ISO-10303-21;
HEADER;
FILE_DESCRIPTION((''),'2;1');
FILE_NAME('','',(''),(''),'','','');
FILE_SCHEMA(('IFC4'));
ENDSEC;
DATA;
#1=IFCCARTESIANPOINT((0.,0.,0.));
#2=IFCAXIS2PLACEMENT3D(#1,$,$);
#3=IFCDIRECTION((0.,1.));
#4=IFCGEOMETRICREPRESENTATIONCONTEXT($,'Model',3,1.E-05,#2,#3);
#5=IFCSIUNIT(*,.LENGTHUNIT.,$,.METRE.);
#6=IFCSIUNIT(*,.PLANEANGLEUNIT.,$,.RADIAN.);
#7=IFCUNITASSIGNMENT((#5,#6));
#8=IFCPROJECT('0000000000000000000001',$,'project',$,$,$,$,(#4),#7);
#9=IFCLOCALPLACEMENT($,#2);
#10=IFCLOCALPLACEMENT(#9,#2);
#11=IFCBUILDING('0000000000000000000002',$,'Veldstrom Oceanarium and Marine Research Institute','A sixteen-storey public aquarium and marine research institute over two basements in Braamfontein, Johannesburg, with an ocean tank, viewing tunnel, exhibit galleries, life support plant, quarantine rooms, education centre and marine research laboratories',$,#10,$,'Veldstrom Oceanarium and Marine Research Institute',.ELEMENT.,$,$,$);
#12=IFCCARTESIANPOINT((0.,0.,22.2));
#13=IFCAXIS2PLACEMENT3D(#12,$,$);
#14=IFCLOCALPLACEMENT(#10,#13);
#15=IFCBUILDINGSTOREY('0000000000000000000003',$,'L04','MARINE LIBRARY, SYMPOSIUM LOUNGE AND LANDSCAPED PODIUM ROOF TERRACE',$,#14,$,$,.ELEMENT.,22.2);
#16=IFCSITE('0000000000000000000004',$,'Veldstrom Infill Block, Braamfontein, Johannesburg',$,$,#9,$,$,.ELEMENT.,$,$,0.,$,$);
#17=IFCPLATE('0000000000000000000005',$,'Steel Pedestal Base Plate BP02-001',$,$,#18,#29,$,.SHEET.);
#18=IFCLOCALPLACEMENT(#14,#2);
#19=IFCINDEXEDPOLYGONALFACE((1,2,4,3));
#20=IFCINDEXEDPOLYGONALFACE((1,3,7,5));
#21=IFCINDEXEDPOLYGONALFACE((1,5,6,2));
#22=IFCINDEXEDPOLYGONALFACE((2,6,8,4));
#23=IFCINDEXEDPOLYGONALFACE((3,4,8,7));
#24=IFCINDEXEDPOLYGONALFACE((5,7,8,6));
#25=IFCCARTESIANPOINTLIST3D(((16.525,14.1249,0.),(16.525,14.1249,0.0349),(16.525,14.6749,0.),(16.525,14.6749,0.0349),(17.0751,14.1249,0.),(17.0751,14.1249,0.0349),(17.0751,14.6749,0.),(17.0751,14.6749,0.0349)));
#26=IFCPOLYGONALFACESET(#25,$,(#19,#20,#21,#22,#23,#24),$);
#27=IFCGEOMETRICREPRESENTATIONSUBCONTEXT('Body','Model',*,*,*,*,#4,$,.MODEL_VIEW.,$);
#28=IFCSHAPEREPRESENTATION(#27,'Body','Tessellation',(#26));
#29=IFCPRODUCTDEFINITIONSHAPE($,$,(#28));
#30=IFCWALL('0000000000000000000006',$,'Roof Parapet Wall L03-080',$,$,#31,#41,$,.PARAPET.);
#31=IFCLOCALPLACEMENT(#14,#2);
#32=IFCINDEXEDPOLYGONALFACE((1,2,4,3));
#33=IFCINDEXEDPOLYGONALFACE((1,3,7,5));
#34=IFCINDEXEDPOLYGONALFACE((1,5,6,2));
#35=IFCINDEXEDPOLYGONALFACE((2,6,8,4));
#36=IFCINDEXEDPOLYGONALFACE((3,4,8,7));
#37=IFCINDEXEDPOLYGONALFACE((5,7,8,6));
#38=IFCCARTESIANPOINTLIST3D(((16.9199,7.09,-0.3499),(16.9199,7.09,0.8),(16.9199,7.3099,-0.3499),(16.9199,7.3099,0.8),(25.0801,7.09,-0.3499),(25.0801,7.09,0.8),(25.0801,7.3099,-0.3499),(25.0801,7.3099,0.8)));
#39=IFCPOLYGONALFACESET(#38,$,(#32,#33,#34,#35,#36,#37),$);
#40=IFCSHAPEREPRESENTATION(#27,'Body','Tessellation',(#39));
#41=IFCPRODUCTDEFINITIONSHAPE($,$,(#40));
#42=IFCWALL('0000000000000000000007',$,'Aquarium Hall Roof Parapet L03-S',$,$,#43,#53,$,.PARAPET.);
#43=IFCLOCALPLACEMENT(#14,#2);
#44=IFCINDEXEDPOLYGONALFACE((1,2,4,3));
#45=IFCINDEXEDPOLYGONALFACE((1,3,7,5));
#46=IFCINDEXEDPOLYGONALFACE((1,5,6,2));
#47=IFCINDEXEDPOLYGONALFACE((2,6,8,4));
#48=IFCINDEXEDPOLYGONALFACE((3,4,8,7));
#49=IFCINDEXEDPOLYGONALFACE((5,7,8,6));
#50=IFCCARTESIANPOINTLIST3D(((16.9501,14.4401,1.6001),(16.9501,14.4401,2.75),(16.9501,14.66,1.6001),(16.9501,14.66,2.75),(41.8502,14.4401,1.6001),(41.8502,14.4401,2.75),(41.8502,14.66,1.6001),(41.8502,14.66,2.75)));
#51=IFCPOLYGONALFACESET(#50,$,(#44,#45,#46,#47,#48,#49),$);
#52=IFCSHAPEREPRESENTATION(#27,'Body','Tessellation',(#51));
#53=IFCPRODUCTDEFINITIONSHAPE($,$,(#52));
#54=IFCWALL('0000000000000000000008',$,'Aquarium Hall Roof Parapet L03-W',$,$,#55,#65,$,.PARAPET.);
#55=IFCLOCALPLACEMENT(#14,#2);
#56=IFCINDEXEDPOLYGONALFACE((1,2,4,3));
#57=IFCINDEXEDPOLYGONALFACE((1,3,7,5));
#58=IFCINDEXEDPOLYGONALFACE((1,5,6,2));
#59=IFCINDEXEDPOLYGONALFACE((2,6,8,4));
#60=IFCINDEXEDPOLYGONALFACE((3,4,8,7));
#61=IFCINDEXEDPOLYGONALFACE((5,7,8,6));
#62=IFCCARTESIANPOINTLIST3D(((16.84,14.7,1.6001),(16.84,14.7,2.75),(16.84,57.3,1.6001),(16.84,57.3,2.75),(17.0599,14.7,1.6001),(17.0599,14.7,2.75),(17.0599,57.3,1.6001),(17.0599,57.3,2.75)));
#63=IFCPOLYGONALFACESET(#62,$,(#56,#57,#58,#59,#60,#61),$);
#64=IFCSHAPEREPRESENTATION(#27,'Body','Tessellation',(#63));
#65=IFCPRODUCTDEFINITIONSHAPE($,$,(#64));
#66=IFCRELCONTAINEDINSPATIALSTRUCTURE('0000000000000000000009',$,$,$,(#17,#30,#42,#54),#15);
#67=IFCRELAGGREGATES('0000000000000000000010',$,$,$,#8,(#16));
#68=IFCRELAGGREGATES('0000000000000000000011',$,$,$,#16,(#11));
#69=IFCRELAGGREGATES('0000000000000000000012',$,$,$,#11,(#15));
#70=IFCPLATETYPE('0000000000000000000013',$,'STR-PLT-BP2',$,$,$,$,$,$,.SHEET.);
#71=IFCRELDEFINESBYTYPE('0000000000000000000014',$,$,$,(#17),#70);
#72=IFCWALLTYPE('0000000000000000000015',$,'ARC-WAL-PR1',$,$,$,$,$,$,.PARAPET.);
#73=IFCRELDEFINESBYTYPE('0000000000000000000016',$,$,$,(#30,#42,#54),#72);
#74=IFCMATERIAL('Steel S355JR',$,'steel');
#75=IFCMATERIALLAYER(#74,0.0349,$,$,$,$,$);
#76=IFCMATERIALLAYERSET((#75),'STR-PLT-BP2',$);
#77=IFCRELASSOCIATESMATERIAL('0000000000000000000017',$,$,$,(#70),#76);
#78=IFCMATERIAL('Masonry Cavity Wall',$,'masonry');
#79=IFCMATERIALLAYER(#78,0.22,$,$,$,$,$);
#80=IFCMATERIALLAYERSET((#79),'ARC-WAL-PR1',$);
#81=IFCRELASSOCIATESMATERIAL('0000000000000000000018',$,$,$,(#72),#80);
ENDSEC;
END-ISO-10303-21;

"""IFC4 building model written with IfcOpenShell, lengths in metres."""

from ifc_helpers import new_model, si_unit, direction, frame, frame_2d, origin, origin_2d, place, context, subcontext, project, spatial, rectangle, extrude, material, layer, layer_set, type_object, element, save


model = new_model("IFC4")

# Units and contexts
model_context = context("Model", 3, precision=1e-05, world=origin(), true_north=direction((0.0, 1.0)))
body_context = subcontext(model_context, "Body", "Model", "MODEL_VIEW")
ifc_project = project(units=[si_unit("LENGTHUNIT", "METRE"), si_unit("PLANEANGLEUNIT", "RADIAN")], contexts=[model_context])

# Site, building, storey
site_placement = place(None, origin())
site = spatial("IfcSite", under=ifc_project, at=site_placement, Name="Veldstrom Infill Block, Braamfontein, Johannesburg", CompositionType="ELEMENT", RefElevation=0.0)
building_placement = place(site_placement, origin())
building = spatial("IfcBuilding", under=site, at=building_placement, Name="Veldstrom Oceanarium and Marine Research Institute", Description="A sixteen-storey public aquarium and marine research institute over two basements in Braamfontein, Johannesburg, with an ocean tank, viewing tunnel, exhibit galleries, life support plant, quarantine rooms, education centre and marine research laboratories", LongName="Veldstrom Oceanarium and Marine Research Institute", CompositionType="ELEMENT")
storey_placement = place(building_placement, frame((0.0, 0.0, 22.2)))
storey = spatial("IfcBuildingStorey", under=building, at=storey_placement, Name="L04", Description="MARINE LIBRARY, SYMPOSIUM LOUNGE AND LANDSCAPED PODIUM ROOF TERRACE", CompositionType="ELEMENT", Elevation=22.2)

# Plate
ifc_material_1 = material(Name="Steel S355JR", Category="steel")
ifc_layer_1 = layer(ifc_material_1, 0.0349)
ifc_layer_set_1 = layer_set([ifc_layer_1], Name="STR-PLT-BP2")
plate_type = type_object("IfcPlateType", Name="STR-PLT-BP2", PredefinedType="SHEET", material=ifc_layer_set_1)
plate_placement = place(storey_placement, frame((16.8, 14.3999, 0.0), z_axis=(0.0, 0.0, 1.0), x_axis=(1.0, 0.0, 0.0)))
element("IfcPlate", 1, at=plate_placement, inside=storey, type_object=plate_type, Name="Steel Pedestal Base Plate BP02-001", PredefinedType="SHEET", context=body_context, shape_type="SweptSolid", body=[
    extrude(rectangle(XDim=0.55, YDim=0.55, at=origin_2d()), origin(), (0.0, 0.0, 1.0), 0.0349),
])

# Walls
ifc_material_2 = material(Name="Masonry Cavity Wall", Category="masonry")
ifc_layer_2 = layer(ifc_material_2, 0.22)
ifc_layer_set_2 = layer_set([ifc_layer_2], Name="ARC-WAL-PR1")
wall_type = type_object("IfcWallType", Name="ARC-WAL-PR1", PredefinedType="PARAPET", material=ifc_layer_set_2)
wall_1_placement = place(storey_placement, frame((16.9199, 7.2, -0.3499), z_axis=(0.0, 0.0, 1.0), x_axis=(1.0, 0.0, 0.0)))
element("IfcWall", 2, at=wall_1_placement, inside=storey, type_object=wall_type, Name="Roof Parapet Wall L03-080", PredefinedType="PARAPET", context=body_context, shape_type="SweptSolid", body=[
    extrude(rectangle(XDim=8.1602, YDim=0.22, at=frame_2d((4.0801, 0.0))), origin(), (0.0, 0.0, 1.0), 1.1499),
])
wall_2_placement = place(storey_placement, frame((16.95, 14.55, 1.6001), z_axis=(0.0, 0.0, 1.0), x_axis=(1.0, 0.0, 0.0)))
element("IfcWall", 3, at=wall_2_placement, inside=storey, type_object=wall_type, Name="Aquarium Hall Roof Parapet L03-S", PredefinedType="PARAPET", context=body_context, shape_type="SweptSolid", body=[
    extrude(rectangle(XDim=24.9001, YDim=0.22, at=frame_2d((12.4502, 0.0))), origin(), (0.0, 0.0, 1.0), 1.1499),
])
wall_3_placement = place(storey_placement, frame((16.95, 14.7, 1.6001), z_axis=(0.0, 0.0, 1.0), x_axis=(0.0, 1.0, 0.0)))
element("IfcWall", 4, at=wall_3_placement, inside=storey, type_object=wall_type, Name="Aquarium Hall Roof Parapet L03-W", PredefinedType="PARAPET", context=body_context, shape_type="SweptSolid", body=[
    extrude(rectangle(XDim=42.6001, YDim=0.22, at=frame_2d((21.3, 0.0))), origin(), (0.0, 0.0, 1.0), 1.1499),
])

save(model, "model.ifc")
